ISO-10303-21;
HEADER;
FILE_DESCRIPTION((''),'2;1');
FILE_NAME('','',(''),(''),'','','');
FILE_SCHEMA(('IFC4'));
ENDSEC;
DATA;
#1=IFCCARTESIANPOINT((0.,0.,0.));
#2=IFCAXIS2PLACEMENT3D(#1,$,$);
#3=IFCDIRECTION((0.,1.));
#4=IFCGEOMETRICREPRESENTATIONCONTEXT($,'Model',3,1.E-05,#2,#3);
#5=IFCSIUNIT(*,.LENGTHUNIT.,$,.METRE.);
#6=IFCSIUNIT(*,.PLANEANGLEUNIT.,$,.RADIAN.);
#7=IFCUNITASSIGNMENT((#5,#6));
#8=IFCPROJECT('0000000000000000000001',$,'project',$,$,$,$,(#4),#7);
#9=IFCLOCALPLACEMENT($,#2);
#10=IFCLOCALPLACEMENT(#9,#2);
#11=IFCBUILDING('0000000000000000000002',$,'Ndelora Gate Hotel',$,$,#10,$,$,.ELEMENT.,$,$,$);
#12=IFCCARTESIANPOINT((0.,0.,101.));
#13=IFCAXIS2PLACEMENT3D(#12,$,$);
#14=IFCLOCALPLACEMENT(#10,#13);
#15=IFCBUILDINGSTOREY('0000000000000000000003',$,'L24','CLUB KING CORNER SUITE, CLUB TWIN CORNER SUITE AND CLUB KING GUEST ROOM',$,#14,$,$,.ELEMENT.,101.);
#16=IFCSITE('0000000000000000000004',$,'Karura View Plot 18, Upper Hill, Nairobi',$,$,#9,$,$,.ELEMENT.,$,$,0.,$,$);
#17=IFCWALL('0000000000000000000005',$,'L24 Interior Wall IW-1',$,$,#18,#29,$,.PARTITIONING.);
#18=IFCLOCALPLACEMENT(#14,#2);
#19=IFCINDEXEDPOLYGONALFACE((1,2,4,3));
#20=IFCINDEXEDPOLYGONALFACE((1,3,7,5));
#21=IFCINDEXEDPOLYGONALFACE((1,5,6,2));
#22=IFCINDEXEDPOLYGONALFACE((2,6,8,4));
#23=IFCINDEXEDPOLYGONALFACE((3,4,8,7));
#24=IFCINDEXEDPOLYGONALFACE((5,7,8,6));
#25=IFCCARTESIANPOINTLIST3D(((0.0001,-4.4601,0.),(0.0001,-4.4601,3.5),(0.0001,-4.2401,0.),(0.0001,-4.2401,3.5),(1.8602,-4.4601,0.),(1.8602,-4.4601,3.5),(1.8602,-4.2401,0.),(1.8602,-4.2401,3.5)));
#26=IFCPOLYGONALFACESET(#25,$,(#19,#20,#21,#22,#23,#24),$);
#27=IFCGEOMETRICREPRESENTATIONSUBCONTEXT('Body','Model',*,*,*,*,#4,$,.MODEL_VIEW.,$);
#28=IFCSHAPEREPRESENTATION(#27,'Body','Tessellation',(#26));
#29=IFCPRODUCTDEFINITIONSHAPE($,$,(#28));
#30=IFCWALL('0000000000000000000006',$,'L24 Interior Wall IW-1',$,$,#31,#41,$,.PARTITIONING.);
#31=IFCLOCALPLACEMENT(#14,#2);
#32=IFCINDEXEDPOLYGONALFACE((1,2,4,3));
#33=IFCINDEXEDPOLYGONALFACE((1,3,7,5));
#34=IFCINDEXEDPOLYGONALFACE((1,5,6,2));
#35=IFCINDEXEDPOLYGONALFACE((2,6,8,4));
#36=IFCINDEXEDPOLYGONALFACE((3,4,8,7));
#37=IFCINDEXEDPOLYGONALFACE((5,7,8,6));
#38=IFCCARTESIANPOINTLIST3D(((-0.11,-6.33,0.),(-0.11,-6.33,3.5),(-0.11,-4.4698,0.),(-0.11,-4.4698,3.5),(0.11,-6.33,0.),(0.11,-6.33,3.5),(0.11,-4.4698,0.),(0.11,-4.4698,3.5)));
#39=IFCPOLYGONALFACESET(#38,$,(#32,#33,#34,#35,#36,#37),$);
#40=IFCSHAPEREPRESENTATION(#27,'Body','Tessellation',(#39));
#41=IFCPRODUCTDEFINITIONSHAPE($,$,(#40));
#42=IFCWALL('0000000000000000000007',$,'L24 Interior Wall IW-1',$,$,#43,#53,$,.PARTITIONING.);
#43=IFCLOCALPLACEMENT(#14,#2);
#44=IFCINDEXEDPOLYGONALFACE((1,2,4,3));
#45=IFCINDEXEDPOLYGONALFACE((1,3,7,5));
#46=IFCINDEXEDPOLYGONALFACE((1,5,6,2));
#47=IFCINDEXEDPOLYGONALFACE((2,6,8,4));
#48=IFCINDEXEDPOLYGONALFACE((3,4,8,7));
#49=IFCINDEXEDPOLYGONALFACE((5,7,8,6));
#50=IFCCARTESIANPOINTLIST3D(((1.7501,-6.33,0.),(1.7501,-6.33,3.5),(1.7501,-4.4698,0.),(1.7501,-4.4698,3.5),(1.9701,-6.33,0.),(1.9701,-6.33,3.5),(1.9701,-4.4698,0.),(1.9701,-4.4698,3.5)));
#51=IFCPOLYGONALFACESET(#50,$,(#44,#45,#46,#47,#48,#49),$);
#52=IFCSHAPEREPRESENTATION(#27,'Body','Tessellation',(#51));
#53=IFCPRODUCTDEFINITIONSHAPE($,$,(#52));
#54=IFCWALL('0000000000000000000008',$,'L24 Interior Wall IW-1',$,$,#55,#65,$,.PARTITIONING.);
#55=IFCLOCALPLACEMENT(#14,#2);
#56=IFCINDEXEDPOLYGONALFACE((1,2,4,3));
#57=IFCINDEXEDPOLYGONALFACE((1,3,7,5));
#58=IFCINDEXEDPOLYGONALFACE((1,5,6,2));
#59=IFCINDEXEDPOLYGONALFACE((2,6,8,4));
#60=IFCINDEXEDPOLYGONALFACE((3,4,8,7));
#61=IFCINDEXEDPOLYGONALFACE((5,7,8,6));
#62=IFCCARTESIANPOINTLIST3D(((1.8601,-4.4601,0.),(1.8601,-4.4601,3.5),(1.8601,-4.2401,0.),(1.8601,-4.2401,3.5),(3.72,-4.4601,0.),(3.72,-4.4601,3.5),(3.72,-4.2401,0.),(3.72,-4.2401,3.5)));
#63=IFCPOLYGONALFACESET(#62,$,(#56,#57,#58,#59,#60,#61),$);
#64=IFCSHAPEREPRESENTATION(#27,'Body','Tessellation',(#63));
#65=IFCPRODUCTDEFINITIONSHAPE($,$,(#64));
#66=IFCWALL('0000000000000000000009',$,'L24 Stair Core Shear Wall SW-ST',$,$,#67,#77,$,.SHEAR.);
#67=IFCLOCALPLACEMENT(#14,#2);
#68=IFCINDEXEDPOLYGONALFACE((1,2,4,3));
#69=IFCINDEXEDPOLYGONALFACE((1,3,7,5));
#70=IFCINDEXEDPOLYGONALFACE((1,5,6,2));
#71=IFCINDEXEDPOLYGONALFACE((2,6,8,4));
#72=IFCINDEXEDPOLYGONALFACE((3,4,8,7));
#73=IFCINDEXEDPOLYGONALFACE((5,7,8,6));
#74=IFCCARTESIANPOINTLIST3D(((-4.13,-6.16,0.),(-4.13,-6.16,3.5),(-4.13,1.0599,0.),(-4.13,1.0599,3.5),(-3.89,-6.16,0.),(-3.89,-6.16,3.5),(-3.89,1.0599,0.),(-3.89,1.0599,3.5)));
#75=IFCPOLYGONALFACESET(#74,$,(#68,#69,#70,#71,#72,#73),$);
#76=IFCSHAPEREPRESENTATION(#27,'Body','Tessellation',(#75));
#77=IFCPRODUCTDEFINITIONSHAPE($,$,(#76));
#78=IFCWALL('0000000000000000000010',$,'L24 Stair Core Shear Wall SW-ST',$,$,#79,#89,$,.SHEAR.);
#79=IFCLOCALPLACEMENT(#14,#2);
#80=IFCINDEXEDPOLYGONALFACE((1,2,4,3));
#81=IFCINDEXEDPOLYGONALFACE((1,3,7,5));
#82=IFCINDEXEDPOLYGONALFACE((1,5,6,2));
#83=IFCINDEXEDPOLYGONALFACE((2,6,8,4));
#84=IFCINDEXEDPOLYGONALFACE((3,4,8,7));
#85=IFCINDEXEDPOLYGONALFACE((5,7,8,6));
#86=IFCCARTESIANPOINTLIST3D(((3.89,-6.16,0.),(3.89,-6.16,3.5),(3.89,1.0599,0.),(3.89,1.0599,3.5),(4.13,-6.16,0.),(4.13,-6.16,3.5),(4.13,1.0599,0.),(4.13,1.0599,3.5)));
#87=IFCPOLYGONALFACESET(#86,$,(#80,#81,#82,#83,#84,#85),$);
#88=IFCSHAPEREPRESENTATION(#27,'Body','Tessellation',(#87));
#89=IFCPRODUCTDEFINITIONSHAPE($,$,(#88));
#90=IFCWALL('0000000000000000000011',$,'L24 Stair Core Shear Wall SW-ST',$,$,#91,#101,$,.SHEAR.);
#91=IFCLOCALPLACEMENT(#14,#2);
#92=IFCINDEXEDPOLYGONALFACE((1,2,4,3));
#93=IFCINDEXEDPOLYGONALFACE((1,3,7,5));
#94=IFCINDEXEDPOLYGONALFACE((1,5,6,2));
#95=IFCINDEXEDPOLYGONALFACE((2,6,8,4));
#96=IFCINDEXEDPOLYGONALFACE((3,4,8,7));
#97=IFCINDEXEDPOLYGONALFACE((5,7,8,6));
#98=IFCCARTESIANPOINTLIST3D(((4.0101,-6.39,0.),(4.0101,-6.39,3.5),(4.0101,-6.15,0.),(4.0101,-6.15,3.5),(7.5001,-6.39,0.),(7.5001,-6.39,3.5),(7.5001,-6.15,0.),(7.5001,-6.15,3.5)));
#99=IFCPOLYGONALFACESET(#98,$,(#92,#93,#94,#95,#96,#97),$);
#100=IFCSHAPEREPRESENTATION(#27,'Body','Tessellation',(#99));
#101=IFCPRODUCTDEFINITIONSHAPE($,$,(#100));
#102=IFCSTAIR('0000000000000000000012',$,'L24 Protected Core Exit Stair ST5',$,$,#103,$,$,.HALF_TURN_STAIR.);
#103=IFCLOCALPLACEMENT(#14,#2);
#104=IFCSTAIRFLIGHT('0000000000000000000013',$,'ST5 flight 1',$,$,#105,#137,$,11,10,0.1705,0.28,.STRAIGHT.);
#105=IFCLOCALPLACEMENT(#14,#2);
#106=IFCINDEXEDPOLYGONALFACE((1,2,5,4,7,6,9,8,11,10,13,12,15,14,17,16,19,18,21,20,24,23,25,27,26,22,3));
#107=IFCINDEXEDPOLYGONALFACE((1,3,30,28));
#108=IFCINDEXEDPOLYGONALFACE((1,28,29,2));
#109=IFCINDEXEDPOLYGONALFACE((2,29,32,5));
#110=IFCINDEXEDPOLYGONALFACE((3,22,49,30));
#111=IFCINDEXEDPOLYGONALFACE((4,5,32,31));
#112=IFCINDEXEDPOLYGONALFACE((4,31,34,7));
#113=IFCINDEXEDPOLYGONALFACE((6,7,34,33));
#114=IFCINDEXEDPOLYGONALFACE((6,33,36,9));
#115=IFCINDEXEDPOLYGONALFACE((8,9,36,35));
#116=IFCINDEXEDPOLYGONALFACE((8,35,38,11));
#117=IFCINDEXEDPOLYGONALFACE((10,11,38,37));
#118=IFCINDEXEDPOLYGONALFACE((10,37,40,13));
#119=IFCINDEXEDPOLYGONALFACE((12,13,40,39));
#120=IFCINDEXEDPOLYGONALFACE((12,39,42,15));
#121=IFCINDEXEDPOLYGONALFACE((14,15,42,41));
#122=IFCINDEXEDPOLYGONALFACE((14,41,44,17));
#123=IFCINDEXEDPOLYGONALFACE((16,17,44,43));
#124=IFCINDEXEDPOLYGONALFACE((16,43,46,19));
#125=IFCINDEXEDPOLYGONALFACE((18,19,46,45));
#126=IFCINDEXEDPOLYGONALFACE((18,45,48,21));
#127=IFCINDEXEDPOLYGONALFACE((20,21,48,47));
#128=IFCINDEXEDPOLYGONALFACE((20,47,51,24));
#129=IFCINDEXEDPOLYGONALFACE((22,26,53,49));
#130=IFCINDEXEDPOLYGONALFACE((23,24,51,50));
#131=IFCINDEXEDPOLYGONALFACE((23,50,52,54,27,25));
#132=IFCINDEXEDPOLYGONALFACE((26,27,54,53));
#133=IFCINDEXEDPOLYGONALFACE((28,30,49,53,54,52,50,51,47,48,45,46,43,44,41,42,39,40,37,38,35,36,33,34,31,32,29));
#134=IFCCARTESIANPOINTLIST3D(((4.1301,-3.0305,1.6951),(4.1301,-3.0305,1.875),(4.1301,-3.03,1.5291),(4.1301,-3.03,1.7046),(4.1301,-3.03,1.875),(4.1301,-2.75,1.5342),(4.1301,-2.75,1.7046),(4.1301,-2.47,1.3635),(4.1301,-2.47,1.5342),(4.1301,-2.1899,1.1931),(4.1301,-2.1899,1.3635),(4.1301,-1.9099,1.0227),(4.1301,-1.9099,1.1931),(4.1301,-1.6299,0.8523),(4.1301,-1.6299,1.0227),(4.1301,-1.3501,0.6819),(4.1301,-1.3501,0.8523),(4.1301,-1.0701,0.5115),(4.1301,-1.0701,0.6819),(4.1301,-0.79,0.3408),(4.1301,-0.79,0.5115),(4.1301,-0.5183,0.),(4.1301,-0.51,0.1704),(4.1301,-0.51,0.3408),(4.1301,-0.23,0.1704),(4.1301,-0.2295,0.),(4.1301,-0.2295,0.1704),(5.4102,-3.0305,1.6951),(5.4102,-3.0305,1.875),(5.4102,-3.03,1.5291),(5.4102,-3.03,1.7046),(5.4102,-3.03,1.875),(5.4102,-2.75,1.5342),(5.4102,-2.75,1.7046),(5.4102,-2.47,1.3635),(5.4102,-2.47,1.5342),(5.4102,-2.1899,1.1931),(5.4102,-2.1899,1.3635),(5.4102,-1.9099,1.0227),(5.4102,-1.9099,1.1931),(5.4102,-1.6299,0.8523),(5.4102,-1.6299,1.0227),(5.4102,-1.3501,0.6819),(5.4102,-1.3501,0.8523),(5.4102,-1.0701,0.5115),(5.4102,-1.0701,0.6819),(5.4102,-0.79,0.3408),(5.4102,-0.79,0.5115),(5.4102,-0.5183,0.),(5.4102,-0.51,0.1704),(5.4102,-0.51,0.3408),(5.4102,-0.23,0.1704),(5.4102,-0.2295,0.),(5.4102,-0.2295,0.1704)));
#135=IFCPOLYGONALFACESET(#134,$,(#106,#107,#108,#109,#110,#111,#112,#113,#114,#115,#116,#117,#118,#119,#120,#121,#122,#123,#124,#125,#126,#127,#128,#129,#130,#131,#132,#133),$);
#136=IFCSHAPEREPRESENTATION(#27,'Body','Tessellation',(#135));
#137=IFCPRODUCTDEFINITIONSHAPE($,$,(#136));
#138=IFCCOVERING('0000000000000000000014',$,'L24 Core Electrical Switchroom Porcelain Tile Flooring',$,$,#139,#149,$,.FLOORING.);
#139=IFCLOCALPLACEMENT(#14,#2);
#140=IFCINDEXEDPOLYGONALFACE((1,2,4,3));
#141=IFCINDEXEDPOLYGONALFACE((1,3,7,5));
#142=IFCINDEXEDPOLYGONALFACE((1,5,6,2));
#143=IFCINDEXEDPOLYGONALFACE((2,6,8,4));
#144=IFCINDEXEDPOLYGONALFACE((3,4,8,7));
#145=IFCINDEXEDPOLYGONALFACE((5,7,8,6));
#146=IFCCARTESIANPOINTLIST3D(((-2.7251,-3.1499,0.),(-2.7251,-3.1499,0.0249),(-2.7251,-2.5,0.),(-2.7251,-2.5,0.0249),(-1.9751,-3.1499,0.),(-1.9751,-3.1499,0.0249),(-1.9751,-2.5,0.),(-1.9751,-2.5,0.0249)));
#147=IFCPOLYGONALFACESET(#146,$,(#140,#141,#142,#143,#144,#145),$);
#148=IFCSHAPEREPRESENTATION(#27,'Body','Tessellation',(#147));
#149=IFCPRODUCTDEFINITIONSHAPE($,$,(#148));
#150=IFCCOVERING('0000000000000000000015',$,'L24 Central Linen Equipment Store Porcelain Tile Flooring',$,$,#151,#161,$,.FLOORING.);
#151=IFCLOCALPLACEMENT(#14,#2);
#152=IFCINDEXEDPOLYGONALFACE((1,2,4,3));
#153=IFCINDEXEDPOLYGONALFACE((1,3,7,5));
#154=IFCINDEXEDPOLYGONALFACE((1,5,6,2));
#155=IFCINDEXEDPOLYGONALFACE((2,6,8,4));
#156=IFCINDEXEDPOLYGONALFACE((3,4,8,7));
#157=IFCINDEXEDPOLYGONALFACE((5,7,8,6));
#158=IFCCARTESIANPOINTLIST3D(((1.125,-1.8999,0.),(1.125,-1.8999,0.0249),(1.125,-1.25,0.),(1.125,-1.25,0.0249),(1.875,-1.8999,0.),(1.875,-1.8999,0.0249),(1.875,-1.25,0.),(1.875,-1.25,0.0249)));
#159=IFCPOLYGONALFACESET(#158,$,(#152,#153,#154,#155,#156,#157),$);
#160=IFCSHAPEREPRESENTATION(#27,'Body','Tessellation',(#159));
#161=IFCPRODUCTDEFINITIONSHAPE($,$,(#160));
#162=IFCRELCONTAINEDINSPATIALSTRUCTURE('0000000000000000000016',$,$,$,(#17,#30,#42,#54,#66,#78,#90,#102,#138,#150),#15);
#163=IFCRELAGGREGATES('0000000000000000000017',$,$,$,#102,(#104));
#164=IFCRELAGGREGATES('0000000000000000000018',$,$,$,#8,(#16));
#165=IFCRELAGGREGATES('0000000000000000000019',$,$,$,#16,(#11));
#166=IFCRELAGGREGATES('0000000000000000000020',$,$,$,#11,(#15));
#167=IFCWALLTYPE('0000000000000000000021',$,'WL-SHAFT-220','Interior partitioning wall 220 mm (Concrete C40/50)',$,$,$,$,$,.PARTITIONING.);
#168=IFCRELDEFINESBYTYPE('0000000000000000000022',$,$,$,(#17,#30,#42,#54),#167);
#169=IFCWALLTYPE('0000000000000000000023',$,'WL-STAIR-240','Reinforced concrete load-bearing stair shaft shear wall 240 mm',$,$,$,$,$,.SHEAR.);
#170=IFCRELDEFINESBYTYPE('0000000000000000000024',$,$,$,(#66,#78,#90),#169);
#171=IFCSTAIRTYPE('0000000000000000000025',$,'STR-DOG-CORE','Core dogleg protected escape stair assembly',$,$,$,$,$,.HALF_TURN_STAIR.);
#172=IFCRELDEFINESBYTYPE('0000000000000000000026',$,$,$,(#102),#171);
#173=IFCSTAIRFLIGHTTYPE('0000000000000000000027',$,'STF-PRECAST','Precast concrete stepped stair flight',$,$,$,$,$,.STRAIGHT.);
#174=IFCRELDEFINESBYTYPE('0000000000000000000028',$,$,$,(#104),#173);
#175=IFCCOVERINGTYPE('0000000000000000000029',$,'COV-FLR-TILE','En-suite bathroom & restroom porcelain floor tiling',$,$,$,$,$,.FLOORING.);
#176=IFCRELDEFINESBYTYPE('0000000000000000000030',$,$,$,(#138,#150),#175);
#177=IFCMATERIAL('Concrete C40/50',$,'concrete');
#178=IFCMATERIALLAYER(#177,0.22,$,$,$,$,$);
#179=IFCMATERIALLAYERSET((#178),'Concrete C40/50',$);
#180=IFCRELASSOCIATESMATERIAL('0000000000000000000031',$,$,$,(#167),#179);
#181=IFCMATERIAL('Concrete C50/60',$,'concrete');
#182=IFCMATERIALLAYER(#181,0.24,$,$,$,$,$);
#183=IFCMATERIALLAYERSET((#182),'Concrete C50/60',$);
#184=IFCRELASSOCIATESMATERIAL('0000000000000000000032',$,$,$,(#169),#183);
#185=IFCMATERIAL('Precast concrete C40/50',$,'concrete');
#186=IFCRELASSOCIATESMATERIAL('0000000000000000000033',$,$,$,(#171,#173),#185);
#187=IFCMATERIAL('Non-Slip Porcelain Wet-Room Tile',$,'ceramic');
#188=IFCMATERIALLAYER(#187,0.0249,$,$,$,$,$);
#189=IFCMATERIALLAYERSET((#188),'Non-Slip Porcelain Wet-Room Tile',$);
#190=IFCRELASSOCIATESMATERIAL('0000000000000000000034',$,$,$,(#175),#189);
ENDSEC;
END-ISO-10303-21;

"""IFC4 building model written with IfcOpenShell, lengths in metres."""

from ifc_helpers import new_model, si_unit, direction, frame, frame_2d, origin, origin_2d, place, context, subcontext, project, spatial, polyline, rectangle, outline, extrude, material, layer, layer_set, type_object, element, aggregate, save


model = new_model("IFC4")

# Units and contexts
model_context = context("Model", 3, precision=1e-05, world=origin(), true_north=direction((0.0, 1.0)))
body_context = subcontext(model_context, "Body", "Model", "MODEL_VIEW")
ifc_project = project(units=[si_unit("LENGTHUNIT", "METRE"), si_unit("PLANEANGLEUNIT", "RADIAN")], contexts=[model_context])

# Site, building, storey
site_placement = place(None, origin())
site = spatial("IfcSite", under=ifc_project, at=site_placement, Name="Karura View Plot 18, Upper Hill, Nairobi", CompositionType="ELEMENT", RefElevation=0.0)
building_placement = place(site_placement, origin())
building = spatial("IfcBuilding", under=site, at=building_placement, Name="Ndelora Gate Hotel", CompositionType="ELEMENT")
storey_placement = place(building_placement, frame((0.0, 0.0, 101.0)))
storey = spatial("IfcBuildingStorey", under=building, at=storey_placement, Name="L24", Description="CLUB KING CORNER SUITE, CLUB TWIN CORNER SUITE AND CLUB KING GUEST ROOM", CompositionType="ELEMENT", Elevation=101.0)

# Walls
ifc_material_1 = material(Name="Concrete C40/50", Category="concrete")
ifc_layer_1 = layer(ifc_material_1, 0.22)
ifc_layer_set_1 = layer_set([ifc_layer_1], Name="Concrete C40/50")
wall_type_1 = type_object("IfcWallType", Name="WL-SHAFT-220", Description="Interior partitioning wall 220 mm (Concrete C40/50)", PredefinedType="PARTITIONING", material=ifc_layer_set_1)
for number, where, z_axis, x_axis, name in (
    (1, (0.0, -4.3501, 0.0), (0.0, 0.0, 1.0), (1.0, 0.0, 0.0), "L24 Interior Wall IW-1"),
    (2, (0.0, -6.3301, 0.0), (0.0, 0.0, 1.0), (0.0, 1.0, 0.0), "L24 Interior Wall IW-1"),
    (3, (1.8601, -6.3301, 0.0), (0.0, 0.0, 1.0), (0.0, 1.0, 0.0), "L24 Interior Wall IW-1"),
):
    element("IfcWall", number, at=place(storey_placement, frame(where, z_axis=z_axis, x_axis=x_axis)), inside=storey, type_object=wall_type_1, Name=name, PredefinedType="PARTITIONING", context=body_context, shape_type="SweptSolid", body=[
        extrude(rectangle(XDim=1.8601, YDim=0.22, at=frame_2d((0.9302, 0.0))), origin(), (0.0, 0.0, 1.0), 3.5),
    ])

# Walls
wall_1_placement = place(storey_placement, frame((1.8601, -4.3501, 0.0), z_axis=(0.0, 0.0, 1.0), x_axis=(1.0, 0.0, 0.0)))
element("IfcWall", 4, at=wall_1_placement, inside=storey, type_object=wall_type_1, Name="L24 Interior Wall IW-1", PredefinedType="PARTITIONING", context=body_context, shape_type="SweptSolid", body=[
    extrude(rectangle(XDim=1.8599, YDim=0.22, at=frame_2d((0.9299, 0.0))), origin(), (0.0, 0.0, 1.0), 3.5),
])
ifc_material_2 = material(Name="Concrete C50/60", Category="concrete")
ifc_layer_2 = layer(ifc_material_2, 0.24)
ifc_layer_set_2 = layer_set([ifc_layer_2], Name="Concrete C50/60")
wall_type_2 = type_object("IfcWallType", Name="WL-STAIR-240", Description="Reinforced concrete load-bearing stair shaft shear wall 240 mm", PredefinedType="SHEAR", material=ifc_layer_set_2)
for number, where, z_axis, x_axis, name in (
    (5, (-4.01, -6.1599, 0.0), (0.0, 0.0, 1.0), (0.0, 1.0, 0.0), "L24 Stair Core Shear Wall SW-ST"),
    (6, (4.01, -6.1599, 0.0), (0.0, 0.0, 1.0), (0.0, 1.0, 0.0), "L24 Stair Core Shear Wall SW-ST"),
):
    element("IfcWall", number, at=place(storey_placement, frame(where, z_axis=z_axis, x_axis=x_axis)), inside=storey, type_object=wall_type_2, Name=name, PredefinedType="SHEAR", context=body_context, shape_type="SweptSolid", body=[
        extrude(rectangle(XDim=7.22, YDim=0.24, at=frame_2d((3.6099, 0.0))), origin(), (0.0, 0.0, 1.0), 3.5),
    ])
wall_2_placement = place(storey_placement, frame((4.01, -6.27, 0.0), z_axis=(0.0, 0.0, 1.0), x_axis=(1.0, 0.0, 0.0)))
element("IfcWall", 7, at=wall_2_placement, inside=storey, type_object=wall_type_2, Name="L24 Stair Core Shear Wall SW-ST", PredefinedType="SHEAR", context=body_context, shape_type="SweptSolid", body=[
    extrude(rectangle(XDim=3.49, YDim=0.24, at=frame_2d((1.7451, 0.0))), origin(), (0.0, 0.0, 1.0), 3.5),
])

# Stair, stair flight
ifc_material_3 = material(Name="Precast concrete C40/50", Category="concrete")
stair_type = type_object("IfcStairType", Name="STR-DOG-CORE", Description="Core dogleg protected escape stair assembly", PredefinedType="HALF_TURN_STAIR", material=ifc_material_3)
stair_placement = place(storey_placement, origin())
stair = element("IfcStair", 8, at=stair_placement, inside=storey, type_object=stair_type, Name="L24 Protected Core Exit Stair ST5", PredefinedType="HALF_TURN_STAIR")
stair_flight_type = type_object("IfcStairFlightType", Name="STF-PRECAST", Description="Precast concrete stepped stair flight", PredefinedType="STRAIGHT", material=ifc_material_3)
stair_flight_placement = place(storey_placement, frame((4.77, -0.23, 0.0), z_axis=(0.0, 0.0, 1.0), x_axis=(0.0, -1.0, 0.0)))
stair_flight = element("IfcStairFlight", 9, at=stair_flight_placement, type_object=stair_flight_type, Name="ST5 flight 1", NumberOfRisers=11, NumberOfTreads=10, PredefinedType="STRAIGHT", RiserHeight=0.1705, TreadLength=0.28, context=body_context, shape_type="SweptSolid", body=[
    extrude(outline(polyline([(-0.0005, 0.0), (-0.0005, 0.1704), (0.0, 0.1704), (0.28, 0.1704), (0.28, 0.3408), (0.5601, 0.3408), (0.5601, 0.5115), (0.8401, 0.5115), (0.8401, 0.6819), (1.1201, 0.6819), (1.1201, 0.8523), (1.3999, 0.8523), (1.3999, 1.0227), (1.6799, 1.0227), (1.6799, 1.1931), (1.96, 1.1931), (1.96, 1.3635), (2.24, 1.3635), (2.24, 1.5342), (2.52, 1.5342), (2.52, 1.7046), (2.8, 1.7046), (2.8, 1.875), (2.8005, 1.875), (2.8005, 1.6951), (2.8, 1.5291), (0.2883, 0.0), (-0.0005, 0.0)])), frame((0.0, 0.6401, 0.0), z_axis=(0.0, -1.0, 0.0), x_axis=(1.0, 0.0, 0.0)), (0.0, 0.0, 1.0), 1.28),
])
aggregate(stair, [stair_flight])

# Coverings
ifc_material_4 = material(Name="Non-Slip Porcelain Wet-Room Tile", Category="ceramic")
ifc_layer_3 = layer(ifc_material_4, 0.0249)
ifc_layer_set_3 = layer_set([ifc_layer_3], Name="Non-Slip Porcelain Wet-Room Tile")
covering_type = type_object("IfcCoveringType", Name="COV-FLR-TILE", Description="En-suite bathroom & restroom porcelain floor tiling", PredefinedType="FLOORING", material=ifc_layer_set_3)
for number, where, z_axis, x_axis, name in (
    (10, (-2.3501, -2.825, 0.0), (0.0, 0.0, 1.0), (1.0, 0.0, 0.0), "L24 Core Electrical Switchroom Porcelain Tile Flooring"),
    (11, (1.5, -1.575, 0.0), (0.0, 0.0, 1.0), (1.0, 0.0, 0.0), "L24 Central Linen Equipment Store Porcelain Tile Flooring"),
):
    element("IfcCovering", number, at=place(storey_placement, frame(where, z_axis=z_axis, x_axis=x_axis)), inside=storey, type_object=covering_type, Name=name, PredefinedType="FLOORING", context=body_context, shape_type="SweptSolid", body=[
        extrude(rectangle(XDim=0.75, YDim=0.6499, at=origin_2d()), origin(), (0.0, 0.0, 1.0), 0.0249),
    ])

save(model, "model.ifc")
